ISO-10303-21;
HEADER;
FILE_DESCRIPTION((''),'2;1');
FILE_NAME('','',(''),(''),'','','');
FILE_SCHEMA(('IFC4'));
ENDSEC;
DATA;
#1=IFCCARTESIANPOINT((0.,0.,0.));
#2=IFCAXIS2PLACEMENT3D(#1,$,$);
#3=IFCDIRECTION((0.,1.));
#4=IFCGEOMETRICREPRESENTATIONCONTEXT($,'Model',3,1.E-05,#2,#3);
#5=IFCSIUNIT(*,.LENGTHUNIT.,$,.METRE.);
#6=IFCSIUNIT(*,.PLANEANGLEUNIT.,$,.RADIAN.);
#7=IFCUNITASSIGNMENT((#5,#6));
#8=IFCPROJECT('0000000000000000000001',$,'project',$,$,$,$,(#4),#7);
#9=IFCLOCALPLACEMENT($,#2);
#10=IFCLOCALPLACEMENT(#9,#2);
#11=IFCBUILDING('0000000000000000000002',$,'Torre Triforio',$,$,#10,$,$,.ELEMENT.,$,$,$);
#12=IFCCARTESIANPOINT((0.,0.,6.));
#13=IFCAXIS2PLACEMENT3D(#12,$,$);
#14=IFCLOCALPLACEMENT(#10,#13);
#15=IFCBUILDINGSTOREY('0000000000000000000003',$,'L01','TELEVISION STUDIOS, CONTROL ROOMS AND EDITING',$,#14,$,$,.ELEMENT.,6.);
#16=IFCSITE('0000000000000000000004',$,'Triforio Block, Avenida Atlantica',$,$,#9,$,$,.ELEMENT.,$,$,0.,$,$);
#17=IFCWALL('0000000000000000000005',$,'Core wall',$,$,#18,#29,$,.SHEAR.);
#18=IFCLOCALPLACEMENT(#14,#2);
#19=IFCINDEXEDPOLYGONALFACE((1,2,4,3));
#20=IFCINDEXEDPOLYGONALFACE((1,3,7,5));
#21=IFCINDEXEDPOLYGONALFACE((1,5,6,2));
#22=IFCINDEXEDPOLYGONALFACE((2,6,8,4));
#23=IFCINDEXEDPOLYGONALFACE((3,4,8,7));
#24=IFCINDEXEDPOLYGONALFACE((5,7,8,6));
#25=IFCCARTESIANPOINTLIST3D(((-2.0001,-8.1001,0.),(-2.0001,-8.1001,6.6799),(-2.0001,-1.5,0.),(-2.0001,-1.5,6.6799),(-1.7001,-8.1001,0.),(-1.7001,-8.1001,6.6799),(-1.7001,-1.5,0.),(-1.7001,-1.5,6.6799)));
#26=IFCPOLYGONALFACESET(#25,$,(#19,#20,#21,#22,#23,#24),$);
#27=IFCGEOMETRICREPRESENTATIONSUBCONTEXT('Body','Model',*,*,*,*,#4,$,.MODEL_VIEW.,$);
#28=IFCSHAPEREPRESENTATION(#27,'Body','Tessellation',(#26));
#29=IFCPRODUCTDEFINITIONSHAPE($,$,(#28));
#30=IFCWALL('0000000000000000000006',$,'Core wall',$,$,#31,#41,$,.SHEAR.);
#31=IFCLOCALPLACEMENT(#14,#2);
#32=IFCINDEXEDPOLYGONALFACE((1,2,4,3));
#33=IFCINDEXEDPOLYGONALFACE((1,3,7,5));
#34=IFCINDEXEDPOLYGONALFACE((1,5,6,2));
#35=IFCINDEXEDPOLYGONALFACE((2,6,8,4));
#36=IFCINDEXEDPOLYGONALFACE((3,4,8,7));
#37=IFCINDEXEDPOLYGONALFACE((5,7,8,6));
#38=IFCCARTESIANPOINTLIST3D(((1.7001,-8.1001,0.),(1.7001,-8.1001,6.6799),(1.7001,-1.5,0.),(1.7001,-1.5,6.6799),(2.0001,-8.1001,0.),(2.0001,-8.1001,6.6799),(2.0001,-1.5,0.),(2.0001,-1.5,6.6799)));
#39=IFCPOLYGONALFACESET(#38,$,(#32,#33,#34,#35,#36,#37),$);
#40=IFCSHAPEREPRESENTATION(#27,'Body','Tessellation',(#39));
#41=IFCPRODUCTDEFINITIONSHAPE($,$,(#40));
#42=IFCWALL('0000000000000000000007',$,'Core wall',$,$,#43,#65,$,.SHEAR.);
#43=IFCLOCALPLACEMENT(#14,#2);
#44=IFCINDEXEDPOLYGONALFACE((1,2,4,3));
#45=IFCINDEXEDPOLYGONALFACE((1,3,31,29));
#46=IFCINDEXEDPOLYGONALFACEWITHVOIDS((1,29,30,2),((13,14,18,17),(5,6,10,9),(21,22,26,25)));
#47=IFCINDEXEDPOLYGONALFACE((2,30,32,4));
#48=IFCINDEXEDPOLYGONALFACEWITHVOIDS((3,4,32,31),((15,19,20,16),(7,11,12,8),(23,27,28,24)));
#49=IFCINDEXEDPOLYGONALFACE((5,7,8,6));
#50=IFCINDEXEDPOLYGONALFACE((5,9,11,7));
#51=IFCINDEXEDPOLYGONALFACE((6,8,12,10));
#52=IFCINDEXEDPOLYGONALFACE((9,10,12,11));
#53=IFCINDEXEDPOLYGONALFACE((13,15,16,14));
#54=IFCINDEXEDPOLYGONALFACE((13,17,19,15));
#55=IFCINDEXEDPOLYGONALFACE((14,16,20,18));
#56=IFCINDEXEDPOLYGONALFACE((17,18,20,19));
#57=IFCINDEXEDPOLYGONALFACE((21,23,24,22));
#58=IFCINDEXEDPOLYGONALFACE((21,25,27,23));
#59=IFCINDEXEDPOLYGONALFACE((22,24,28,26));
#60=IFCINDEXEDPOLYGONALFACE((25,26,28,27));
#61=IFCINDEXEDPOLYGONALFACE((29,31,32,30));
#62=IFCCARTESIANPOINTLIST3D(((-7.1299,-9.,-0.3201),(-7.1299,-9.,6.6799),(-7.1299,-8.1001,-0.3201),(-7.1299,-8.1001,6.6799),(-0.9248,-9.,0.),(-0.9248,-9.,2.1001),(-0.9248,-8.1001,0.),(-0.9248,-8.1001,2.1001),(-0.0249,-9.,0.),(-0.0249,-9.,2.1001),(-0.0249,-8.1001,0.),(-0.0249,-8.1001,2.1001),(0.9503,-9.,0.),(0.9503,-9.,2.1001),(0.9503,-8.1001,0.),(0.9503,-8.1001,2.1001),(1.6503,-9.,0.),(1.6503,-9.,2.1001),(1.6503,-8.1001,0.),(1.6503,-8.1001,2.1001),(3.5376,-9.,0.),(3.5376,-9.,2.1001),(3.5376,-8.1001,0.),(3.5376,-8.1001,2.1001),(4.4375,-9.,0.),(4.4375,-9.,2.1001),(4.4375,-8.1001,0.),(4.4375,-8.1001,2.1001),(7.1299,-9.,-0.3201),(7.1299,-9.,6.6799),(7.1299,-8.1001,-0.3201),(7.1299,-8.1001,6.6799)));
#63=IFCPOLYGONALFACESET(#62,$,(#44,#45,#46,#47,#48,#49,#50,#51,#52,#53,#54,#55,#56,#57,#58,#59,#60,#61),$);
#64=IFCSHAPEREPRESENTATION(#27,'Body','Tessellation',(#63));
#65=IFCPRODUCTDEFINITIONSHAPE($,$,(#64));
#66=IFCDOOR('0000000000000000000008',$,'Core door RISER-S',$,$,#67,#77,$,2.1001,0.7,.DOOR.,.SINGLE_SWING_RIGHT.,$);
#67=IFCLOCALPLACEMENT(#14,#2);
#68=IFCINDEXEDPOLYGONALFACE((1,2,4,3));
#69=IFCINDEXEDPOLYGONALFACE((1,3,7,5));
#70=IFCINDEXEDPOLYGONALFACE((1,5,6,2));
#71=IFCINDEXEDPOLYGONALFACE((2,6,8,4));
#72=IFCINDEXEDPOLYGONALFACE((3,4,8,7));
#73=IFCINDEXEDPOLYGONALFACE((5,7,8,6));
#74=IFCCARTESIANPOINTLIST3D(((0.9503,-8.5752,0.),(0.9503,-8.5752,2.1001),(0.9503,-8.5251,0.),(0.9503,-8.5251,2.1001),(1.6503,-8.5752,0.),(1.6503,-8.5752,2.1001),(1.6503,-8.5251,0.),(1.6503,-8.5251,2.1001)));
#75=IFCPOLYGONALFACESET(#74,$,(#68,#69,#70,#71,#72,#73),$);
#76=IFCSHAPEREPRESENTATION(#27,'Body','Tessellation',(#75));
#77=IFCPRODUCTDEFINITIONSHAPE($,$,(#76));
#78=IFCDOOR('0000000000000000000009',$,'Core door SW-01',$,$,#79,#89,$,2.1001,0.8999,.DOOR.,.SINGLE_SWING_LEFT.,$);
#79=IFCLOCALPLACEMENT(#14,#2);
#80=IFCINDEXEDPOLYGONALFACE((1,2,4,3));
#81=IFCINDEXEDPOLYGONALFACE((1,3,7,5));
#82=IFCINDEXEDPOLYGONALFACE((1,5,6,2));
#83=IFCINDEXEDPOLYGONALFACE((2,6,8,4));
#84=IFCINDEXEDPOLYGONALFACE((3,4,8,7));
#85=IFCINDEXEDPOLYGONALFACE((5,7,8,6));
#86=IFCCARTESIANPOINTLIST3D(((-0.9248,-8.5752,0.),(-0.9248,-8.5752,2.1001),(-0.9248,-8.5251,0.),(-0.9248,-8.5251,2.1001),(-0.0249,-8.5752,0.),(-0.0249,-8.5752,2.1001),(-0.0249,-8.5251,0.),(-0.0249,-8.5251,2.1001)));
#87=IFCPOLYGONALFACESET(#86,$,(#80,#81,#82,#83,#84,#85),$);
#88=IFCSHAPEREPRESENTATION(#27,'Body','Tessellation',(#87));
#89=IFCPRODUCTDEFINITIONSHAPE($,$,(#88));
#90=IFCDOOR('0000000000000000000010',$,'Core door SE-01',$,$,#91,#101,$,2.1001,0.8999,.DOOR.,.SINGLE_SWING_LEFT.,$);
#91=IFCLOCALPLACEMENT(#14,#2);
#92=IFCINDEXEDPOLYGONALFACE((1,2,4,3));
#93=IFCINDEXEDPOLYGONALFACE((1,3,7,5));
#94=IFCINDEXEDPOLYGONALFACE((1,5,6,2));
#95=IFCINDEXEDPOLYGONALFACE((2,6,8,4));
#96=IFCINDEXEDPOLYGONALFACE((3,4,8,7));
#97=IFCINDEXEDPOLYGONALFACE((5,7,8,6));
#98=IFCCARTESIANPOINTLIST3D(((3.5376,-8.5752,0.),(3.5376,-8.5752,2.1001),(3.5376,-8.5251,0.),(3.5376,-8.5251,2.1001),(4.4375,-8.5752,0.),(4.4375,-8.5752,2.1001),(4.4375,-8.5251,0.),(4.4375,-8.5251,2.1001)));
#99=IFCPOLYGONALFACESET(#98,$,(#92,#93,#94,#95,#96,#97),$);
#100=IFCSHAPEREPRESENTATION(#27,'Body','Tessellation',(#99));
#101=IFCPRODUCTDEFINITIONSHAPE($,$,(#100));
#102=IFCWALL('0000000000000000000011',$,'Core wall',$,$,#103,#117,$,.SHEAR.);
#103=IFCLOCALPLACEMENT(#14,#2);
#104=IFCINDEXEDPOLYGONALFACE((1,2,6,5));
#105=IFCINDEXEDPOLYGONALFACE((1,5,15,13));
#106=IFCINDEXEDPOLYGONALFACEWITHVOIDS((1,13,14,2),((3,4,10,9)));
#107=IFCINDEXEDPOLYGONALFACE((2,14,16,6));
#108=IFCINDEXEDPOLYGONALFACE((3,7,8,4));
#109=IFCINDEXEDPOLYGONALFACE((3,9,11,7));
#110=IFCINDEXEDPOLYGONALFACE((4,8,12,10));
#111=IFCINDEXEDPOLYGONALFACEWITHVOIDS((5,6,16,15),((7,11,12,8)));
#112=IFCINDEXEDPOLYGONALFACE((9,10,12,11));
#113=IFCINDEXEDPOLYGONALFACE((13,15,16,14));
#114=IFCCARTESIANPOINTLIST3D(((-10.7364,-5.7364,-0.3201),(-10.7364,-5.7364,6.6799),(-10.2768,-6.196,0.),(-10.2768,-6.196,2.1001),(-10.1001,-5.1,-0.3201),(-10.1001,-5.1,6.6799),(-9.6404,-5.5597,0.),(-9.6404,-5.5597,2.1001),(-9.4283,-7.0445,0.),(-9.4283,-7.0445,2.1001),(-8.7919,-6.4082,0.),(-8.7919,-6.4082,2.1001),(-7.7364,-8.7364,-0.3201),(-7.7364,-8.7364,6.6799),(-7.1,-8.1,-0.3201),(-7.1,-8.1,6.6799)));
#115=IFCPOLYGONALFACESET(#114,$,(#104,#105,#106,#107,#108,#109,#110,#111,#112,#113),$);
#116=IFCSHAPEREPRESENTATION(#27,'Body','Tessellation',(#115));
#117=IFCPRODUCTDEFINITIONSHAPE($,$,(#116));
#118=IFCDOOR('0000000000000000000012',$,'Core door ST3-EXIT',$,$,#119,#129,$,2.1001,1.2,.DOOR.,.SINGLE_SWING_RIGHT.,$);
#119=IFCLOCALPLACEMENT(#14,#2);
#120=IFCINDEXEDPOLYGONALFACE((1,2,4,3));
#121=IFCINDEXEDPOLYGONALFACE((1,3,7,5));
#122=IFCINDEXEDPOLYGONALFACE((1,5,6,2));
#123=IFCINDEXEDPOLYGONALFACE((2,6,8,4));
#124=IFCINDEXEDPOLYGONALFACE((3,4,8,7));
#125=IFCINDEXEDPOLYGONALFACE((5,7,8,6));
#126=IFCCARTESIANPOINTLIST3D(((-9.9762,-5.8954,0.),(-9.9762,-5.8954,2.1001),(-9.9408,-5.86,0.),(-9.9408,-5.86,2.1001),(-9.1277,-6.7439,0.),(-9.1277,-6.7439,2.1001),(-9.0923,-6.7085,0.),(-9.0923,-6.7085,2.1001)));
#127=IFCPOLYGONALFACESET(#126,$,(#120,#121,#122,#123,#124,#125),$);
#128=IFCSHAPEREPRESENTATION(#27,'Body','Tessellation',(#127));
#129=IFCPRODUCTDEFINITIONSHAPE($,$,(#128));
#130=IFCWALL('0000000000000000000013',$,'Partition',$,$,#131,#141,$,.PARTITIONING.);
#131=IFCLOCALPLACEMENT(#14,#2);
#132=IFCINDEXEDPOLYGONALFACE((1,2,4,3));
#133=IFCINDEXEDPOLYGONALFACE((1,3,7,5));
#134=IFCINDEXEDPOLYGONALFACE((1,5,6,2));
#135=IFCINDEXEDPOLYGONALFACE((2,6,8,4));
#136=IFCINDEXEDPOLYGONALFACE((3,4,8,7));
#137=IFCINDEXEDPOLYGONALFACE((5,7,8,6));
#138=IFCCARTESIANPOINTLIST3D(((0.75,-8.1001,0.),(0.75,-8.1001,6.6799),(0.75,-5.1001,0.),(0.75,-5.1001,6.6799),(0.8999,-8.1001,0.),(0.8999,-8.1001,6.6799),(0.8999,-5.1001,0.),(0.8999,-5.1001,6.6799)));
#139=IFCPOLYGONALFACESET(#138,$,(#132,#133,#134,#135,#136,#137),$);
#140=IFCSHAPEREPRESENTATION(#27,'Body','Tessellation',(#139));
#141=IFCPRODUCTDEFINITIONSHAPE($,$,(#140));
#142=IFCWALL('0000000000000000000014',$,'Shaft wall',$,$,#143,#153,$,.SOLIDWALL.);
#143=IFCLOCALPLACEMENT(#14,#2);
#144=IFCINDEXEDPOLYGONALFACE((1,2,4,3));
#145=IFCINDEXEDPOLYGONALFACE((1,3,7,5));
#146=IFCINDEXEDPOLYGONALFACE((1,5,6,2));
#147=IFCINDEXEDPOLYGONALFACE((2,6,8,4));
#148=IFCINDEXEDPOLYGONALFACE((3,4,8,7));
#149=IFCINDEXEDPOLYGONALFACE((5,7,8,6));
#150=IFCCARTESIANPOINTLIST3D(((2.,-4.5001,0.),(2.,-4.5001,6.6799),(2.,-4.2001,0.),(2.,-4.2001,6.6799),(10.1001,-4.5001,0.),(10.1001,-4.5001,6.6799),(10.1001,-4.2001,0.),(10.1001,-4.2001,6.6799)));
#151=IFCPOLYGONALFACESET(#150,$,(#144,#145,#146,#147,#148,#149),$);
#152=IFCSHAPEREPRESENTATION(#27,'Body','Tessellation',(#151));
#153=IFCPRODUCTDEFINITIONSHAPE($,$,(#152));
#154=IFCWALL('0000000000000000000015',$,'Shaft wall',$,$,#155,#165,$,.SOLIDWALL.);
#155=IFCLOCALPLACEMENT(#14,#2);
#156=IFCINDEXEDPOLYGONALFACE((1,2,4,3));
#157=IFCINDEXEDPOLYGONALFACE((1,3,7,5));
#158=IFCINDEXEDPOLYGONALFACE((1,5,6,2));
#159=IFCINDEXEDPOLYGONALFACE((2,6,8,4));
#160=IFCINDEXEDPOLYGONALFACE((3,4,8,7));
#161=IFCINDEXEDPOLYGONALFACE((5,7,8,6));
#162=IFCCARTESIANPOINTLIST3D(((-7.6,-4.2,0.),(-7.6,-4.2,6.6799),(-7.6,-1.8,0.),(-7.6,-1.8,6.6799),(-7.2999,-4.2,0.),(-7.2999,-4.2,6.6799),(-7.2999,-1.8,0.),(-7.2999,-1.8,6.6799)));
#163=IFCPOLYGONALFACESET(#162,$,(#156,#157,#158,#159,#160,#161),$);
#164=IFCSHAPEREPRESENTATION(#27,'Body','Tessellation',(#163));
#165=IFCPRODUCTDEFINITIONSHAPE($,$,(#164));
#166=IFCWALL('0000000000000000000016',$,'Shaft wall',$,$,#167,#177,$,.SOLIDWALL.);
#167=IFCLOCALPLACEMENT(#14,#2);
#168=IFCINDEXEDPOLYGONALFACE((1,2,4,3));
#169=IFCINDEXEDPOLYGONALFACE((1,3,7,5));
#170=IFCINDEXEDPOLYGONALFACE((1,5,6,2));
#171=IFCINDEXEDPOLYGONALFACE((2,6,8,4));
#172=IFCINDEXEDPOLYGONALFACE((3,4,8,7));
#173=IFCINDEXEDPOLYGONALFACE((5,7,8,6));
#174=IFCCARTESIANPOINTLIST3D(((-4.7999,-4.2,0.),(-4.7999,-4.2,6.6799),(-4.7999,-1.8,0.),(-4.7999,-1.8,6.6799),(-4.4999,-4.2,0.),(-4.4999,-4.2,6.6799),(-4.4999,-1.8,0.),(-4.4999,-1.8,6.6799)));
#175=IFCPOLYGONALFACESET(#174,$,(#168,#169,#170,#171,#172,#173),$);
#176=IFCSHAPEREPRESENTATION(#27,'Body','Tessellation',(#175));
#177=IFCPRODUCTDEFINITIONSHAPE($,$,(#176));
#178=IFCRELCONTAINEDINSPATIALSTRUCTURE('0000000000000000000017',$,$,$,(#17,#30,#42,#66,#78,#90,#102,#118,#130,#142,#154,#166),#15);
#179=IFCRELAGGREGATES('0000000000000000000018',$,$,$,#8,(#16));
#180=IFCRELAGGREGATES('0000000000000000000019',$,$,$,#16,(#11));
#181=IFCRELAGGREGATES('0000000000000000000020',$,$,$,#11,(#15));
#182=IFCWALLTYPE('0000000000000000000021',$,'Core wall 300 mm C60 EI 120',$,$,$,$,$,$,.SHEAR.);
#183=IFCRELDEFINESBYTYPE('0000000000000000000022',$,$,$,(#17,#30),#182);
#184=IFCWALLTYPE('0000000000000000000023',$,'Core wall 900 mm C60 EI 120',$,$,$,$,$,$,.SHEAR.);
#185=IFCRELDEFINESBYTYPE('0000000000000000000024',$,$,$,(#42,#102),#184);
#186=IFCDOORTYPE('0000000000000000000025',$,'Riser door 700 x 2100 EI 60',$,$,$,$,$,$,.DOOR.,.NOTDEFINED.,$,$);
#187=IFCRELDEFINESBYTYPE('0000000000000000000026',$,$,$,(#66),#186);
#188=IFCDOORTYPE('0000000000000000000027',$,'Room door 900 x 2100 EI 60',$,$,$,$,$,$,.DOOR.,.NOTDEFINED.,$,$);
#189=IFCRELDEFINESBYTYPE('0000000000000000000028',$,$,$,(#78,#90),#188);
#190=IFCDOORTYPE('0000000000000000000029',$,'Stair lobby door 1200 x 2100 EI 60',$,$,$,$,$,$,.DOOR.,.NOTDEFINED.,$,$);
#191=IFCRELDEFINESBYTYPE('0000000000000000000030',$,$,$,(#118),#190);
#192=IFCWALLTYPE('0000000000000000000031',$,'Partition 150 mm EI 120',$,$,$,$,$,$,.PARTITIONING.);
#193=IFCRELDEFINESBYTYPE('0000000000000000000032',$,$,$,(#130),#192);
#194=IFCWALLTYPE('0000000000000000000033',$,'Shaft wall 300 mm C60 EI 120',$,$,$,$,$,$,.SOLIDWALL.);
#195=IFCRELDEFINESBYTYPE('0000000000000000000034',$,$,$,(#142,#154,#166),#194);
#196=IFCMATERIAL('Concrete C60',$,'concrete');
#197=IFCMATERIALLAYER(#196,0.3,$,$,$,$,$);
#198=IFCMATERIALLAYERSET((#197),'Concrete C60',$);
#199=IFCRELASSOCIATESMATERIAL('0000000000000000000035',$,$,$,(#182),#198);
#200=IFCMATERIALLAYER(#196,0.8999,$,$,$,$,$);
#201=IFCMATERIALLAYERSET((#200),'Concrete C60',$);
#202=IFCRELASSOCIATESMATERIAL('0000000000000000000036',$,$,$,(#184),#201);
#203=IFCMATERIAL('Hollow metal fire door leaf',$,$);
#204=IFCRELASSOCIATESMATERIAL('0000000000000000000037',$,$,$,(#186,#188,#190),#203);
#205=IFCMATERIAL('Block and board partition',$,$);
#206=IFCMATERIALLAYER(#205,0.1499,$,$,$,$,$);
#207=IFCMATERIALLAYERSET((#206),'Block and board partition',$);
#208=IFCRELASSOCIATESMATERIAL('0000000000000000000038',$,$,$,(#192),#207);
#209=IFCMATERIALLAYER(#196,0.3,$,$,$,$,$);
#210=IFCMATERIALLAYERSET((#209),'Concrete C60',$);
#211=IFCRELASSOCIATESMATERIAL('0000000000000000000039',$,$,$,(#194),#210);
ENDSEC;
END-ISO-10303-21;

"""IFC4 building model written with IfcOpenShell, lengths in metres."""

from ifc_helpers import new_model, si_unit, direction, frame, frame_2d, origin, place, context, subcontext, project, spatial, rectangle, extrude, material, layer, layer_set, type_object, element, fill, save


model = new_model("IFC4")

# Units and contexts
model_context = context("Model", 3, precision=1e-05, world=origin(), true_north=direction((0.0, 1.0)))
body_context = subcontext(model_context, "Body", "Model", "MODEL_VIEW")
ifc_project = project(units=[si_unit("LENGTHUNIT", "METRE"), si_unit("PLANEANGLEUNIT", "RADIAN")], contexts=[model_context])

# Site, building, storey
site_placement = place(None, origin())
site = spatial("IfcSite", under=ifc_project, at=site_placement, Name="Triforio Block, Avenida Atlantica", CompositionType="ELEMENT", RefElevation=0.0)
building_placement = place(site_placement, origin())
building = spatial("IfcBuilding", under=site, at=building_placement, Name="Torre Triforio", CompositionType="ELEMENT")
storey_placement = place(building_placement, frame((0.0, 0.0, 6.0)))
storey = spatial("IfcBuildingStorey", under=building, at=storey_placement, Name="L01", Description="TELEVISION STUDIOS, CONTROL ROOMS AND EDITING", CompositionType="ELEMENT", Elevation=6.0)

# Walls
ifc_material_1 = material(Name="Concrete C60", Category="concrete")
ifc_layer_1 = layer(ifc_material_1, 0.3)
ifc_layer_set_1 = layer_set([ifc_layer_1], Name="Concrete C60")
wall_type_1 = type_object("IfcWallType", Name="Core wall 300 mm C60 EI 120", PredefinedType="SHEAR", material=ifc_layer_set_1)
for number, where, z_axis, x_axis, name in (
    (1, (-1.8501, -8.1001, 0.0), (0.0, 0.0, 1.0), (0.0, 1.0, 0.0), "Core wall"),
    (2, (1.8501, -8.1001, 0.0), (0.0, 0.0, 1.0), (0.0, 1.0, 0.0), "Core wall"),
):
    element("IfcWall", number, at=place(storey_placement, frame(where, z_axis=z_axis, x_axis=x_axis)), inside=storey, type_object=wall_type_1, Name=name, PredefinedType="SHEAR", context=body_context, shape_type="SweptSolid", body=[
        extrude(rectangle(XDim=6.6001, YDim=0.3, at=frame_2d((3.3, 0.0))), origin(), (0.0, 0.0, 1.0), 6.6799),
    ])

# Wall, openings, doors
ifc_layer_2 = layer(ifc_material_1, 0.8999)
ifc_layer_set_2 = layer_set([ifc_layer_2], Name="Concrete C60")
wall_type_2 = type_object("IfcWallType", Name="Core wall 900 mm C60 EI 120", PredefinedType="SHEAR", material=ifc_layer_set_2)
wall_1_placement = place(storey_placement, frame((-7.1299, -8.55, -0.3201), z_axis=(0.0, 0.0, 1.0), x_axis=(1.0, 0.0, 0.0)))
wall_1 = element("IfcWall", 3, at=wall_1_placement, inside=storey, type_object=wall_type_2, Name="Core wall", PredefinedType="SHEAR", context=body_context, shape_type="SweptSolid", body=[
    extrude(rectangle(XDim=14.2598, YDim=0.8999, at=frame_2d((7.1299, 0.0))), origin(), (0.0, 0.0, 1.0), 7.0),
])
opening_1_placement = place(wall_1_placement, frame((8.0801, 0.0, 0.3201)))
opening_1 = element("IfcOpeningElement", 4, at=opening_1_placement, cuts=wall_1, PredefinedType="OPENING", context=body_context, shape_type="SweptSolid", body=[
    extrude(rectangle(XDim=0.7, YDim=2.1001, at=frame_2d((0.3501, 1.05))), frame((0.0, 0.46, 0.0), z_axis=(0.0, -1.0, 0.0), x_axis=(1.0, 0.0, 0.0)), (0.0, 0.0, 1.0), 0.9199),
])
opening_2_placement = place(wall_1_placement, frame((6.2051, 0.0, 0.3201)))
opening_2 = element("IfcOpeningElement", 5, at=opening_2_placement, cuts=wall_1, PredefinedType="OPENING", context=body_context, shape_type="SweptSolid", body=[
    extrude(rectangle(XDim=0.8999, YDim=2.1001, at=frame_2d((0.45, 1.05))), frame((0.0, 0.46, 0.0), z_axis=(0.0, -1.0, 0.0), x_axis=(1.0, 0.0, 0.0)), (0.0, 0.0, 1.0), 0.9199),
])
opening_3_placement = place(wall_1_placement, frame((10.6675, 0.0, 0.3201)))
opening_3 = element("IfcOpeningElement", 6, at=opening_3_placement, cuts=wall_1, PredefinedType="OPENING", context=body_context, shape_type="SweptSolid", body=[
    extrude(rectangle(XDim=0.8999, YDim=2.1001, at=frame_2d((0.45, 1.05))), frame((0.0, 0.46, 0.0), z_axis=(0.0, -1.0, 0.0), x_axis=(1.0, 0.0, 0.0)), (0.0, 0.0, 1.0), 0.9199),
])
ifc_material_2 = material(Name="Hollow metal fire door leaf")
door_type_1 = type_object("IfcDoorType", Name="Riser door 700 x 2100 EI 60", OperationType="NOTDEFINED", PredefinedType="DOOR", material=ifc_material_2)
door_1_placement = place(opening_1_placement, origin())
door_1 = element("IfcDoor", 7, at=door_1_placement, inside=storey, type_object=door_type_1, Name="Core door RISER-S", OperationType="SINGLE_SWING_RIGHT", OverallHeight=2.1001, OverallWidth=0.7, PredefinedType="DOOR", context=body_context, shape_type="SweptSolid", body=[
    extrude(rectangle(XDim=0.7, YDim=2.1001, at=frame_2d((0.3501, 1.05))), frame((0.0, 0.0249, 0.0), z_axis=(0.0, -1.0, 0.0), x_axis=(1.0, 0.0, 0.0)), (0.0, 0.0, 1.0), 0.05),
])
fill(opening_1, door_1)
door_type_2 = type_object("IfcDoorType", Name="Room door 900 x 2100 EI 60", OperationType="NOTDEFINED", PredefinedType="DOOR", material=ifc_material_2)
door_2_placement = place(opening_2_placement, origin())
door_2 = element("IfcDoor", 8, at=door_2_placement, inside=storey, type_object=door_type_2, Name="Core door SW-01", OperationType="SINGLE_SWING_LEFT", OverallHeight=2.1001, OverallWidth=0.8999, PredefinedType="DOOR", context=body_context, shape_type="SweptSolid", body=[
    extrude(rectangle(XDim=0.8999, YDim=2.1001, at=frame_2d((0.45, 1.05))), frame((0.0, 0.0249, 0.0), z_axis=(0.0, -1.0, 0.0), x_axis=(1.0, 0.0, 0.0)), (0.0, 0.0, 1.0), 0.05),
])
fill(opening_2, door_2)
door_3_placement = place(opening_3_placement, origin())
door_3 = element("IfcDoor", 9, at=door_3_placement, inside=storey, type_object=door_type_2, Name="Core door SE-01", OperationType="SINGLE_SWING_LEFT", OverallHeight=2.1001, OverallWidth=0.8999, PredefinedType="DOOR", context=body_context, shape_type="SweptSolid", body=[
    extrude(rectangle(XDim=0.8999, YDim=2.1001, at=frame_2d((0.45, 1.05))), frame((0.0, 0.0249, 0.0), z_axis=(0.0, -1.0, 0.0), x_axis=(1.0, 0.0, 0.0)), (0.0, 0.0, 1.0), 0.05),
])
fill(opening_3, door_3)

# Wall, opening, door
wall_2_placement = place(storey_placement, frame((-7.4182, -8.4182, -0.3201), z_axis=(0.0, 0.0, 1.0), x_axis=(-0.707107, 0.707107, 0.0)))
wall_2 = element("IfcWall", 10, at=wall_2_placement, inside=storey, type_object=wall_type_2, Name="Core wall", PredefinedType="SHEAR", context=body_context, shape_type="SweptSolid", body=[
    extrude(rectangle(XDim=4.2427, YDim=0.8999, at=frame_2d((2.1213, 0.0))), origin(), (0.0, 0.0, 1.0), 7.0),
])
opening_4_placement = place(wall_2_placement, frame((2.3926, 0.0, 0.3201)))
opening_4 = element("IfcOpeningElement", 11, at=opening_4_placement, cuts=wall_2, PredefinedType="OPENING", context=body_context, shape_type="SweptSolid", body=[
    extrude(rectangle(XDim=1.2, YDim=2.1001, at=frame_2d((0.6001, 1.05))), frame((0.0, 0.46, 0.0), z_axis=(0.0, -1.0, 0.0), x_axis=(1.0, 0.0, 0.0)), (0.0, 0.0, 1.0), 0.9199),
])
door_type_3 = type_object("IfcDoorType", Name="Stair lobby door 1200 x 2100 EI 60", OperationType="NOTDEFINED", PredefinedType="DOOR", material=ifc_material_2)
door_4_placement = place(opening_4_placement, origin())
door_4 = element("IfcDoor", 12, at=door_4_placement, inside=storey, type_object=door_type_3, Name="Core door ST3-EXIT", OperationType="SINGLE_SWING_RIGHT", OverallHeight=2.1001, OverallWidth=1.2, PredefinedType="DOOR", context=body_context, shape_type="SweptSolid", body=[
    extrude(rectangle(XDim=1.2, YDim=2.1001, at=frame_2d((0.6001, 1.05))), frame((0.0, 0.0249, 0.0), z_axis=(0.0, -1.0, 0.0), x_axis=(1.0, 0.0, 0.0)), (0.0, 0.0, 1.0), 0.05),
])
fill(opening_4, door_4)

# Walls
ifc_material_3 = material(Name="Block and board partition")
ifc_layer_3 = layer(ifc_material_3, 0.1499)
ifc_layer_set_3 = layer_set([ifc_layer_3], Name="Block and board partition")
wall_type_3 = type_object("IfcWallType", Name="Partition 150 mm EI 120", PredefinedType="PARTITIONING", material=ifc_layer_set_3)
wall_3_placement = place(storey_placement, frame((0.825, -8.1001, 0.0), z_axis=(0.0, 0.0, 1.0), x_axis=(0.0, 1.0, 0.0)))
element("IfcWall", 13, at=wall_3_placement, inside=storey, type_object=wall_type_3, Name="Partition", PredefinedType="PARTITIONING", context=body_context, shape_type="SweptSolid", body=[
    extrude(rectangle(XDim=3.0, YDim=0.1499, at=frame_2d((1.5, 0.0))), origin(), (0.0, 0.0, 1.0), 6.6799),
])
ifc_layer_4 = layer(ifc_material_1, 0.3)
ifc_layer_set_4 = layer_set([ifc_layer_4], Name="Concrete C60")
wall_type_4 = type_object("IfcWallType", Name="Shaft wall 300 mm C60 EI 120", PredefinedType="SOLIDWALL", material=ifc_layer_set_4)
wall_4_placement = place(storey_placement, frame((2.0, -4.3501, 0.0), z_axis=(0.0, 0.0, 1.0), x_axis=(1.0, 0.0, 0.0)))
element("IfcWall", 14, at=wall_4_placement, inside=storey, type_object=wall_type_4, Name="Shaft wall", PredefinedType="SOLIDWALL", context=body_context, shape_type="SweptSolid", body=[
    extrude(rectangle(XDim=8.1001, YDim=0.3, at=frame_2d((4.05, 0.0))), origin(), (0.0, 0.0, 1.0), 6.6799),
])
for number, where, z_axis, x_axis, name in (
    (15, (-7.45, -4.2, 0.0), (0.0, 0.0, 1.0), (0.0, 1.0, 0.0), "Shaft wall"),
    (16, (-4.6499, -4.2, 0.0), (0.0, 0.0, 1.0), (0.0, 1.0, 0.0), "Shaft wall"),
):
    element("IfcWall", number, at=place(storey_placement, frame(where, z_axis=z_axis, x_axis=x_axis)), inside=storey, type_object=wall_type_4, Name=name, PredefinedType="SOLIDWALL", context=body_context, shape_type="SweptSolid", body=[
        extrude(rectangle(XDim=2.3999, YDim=0.3, at=frame_2d((1.2, 0.0))), origin(), (0.0, 0.0, 1.0), 6.6799),
    ])

save(model, "model.ifc")
